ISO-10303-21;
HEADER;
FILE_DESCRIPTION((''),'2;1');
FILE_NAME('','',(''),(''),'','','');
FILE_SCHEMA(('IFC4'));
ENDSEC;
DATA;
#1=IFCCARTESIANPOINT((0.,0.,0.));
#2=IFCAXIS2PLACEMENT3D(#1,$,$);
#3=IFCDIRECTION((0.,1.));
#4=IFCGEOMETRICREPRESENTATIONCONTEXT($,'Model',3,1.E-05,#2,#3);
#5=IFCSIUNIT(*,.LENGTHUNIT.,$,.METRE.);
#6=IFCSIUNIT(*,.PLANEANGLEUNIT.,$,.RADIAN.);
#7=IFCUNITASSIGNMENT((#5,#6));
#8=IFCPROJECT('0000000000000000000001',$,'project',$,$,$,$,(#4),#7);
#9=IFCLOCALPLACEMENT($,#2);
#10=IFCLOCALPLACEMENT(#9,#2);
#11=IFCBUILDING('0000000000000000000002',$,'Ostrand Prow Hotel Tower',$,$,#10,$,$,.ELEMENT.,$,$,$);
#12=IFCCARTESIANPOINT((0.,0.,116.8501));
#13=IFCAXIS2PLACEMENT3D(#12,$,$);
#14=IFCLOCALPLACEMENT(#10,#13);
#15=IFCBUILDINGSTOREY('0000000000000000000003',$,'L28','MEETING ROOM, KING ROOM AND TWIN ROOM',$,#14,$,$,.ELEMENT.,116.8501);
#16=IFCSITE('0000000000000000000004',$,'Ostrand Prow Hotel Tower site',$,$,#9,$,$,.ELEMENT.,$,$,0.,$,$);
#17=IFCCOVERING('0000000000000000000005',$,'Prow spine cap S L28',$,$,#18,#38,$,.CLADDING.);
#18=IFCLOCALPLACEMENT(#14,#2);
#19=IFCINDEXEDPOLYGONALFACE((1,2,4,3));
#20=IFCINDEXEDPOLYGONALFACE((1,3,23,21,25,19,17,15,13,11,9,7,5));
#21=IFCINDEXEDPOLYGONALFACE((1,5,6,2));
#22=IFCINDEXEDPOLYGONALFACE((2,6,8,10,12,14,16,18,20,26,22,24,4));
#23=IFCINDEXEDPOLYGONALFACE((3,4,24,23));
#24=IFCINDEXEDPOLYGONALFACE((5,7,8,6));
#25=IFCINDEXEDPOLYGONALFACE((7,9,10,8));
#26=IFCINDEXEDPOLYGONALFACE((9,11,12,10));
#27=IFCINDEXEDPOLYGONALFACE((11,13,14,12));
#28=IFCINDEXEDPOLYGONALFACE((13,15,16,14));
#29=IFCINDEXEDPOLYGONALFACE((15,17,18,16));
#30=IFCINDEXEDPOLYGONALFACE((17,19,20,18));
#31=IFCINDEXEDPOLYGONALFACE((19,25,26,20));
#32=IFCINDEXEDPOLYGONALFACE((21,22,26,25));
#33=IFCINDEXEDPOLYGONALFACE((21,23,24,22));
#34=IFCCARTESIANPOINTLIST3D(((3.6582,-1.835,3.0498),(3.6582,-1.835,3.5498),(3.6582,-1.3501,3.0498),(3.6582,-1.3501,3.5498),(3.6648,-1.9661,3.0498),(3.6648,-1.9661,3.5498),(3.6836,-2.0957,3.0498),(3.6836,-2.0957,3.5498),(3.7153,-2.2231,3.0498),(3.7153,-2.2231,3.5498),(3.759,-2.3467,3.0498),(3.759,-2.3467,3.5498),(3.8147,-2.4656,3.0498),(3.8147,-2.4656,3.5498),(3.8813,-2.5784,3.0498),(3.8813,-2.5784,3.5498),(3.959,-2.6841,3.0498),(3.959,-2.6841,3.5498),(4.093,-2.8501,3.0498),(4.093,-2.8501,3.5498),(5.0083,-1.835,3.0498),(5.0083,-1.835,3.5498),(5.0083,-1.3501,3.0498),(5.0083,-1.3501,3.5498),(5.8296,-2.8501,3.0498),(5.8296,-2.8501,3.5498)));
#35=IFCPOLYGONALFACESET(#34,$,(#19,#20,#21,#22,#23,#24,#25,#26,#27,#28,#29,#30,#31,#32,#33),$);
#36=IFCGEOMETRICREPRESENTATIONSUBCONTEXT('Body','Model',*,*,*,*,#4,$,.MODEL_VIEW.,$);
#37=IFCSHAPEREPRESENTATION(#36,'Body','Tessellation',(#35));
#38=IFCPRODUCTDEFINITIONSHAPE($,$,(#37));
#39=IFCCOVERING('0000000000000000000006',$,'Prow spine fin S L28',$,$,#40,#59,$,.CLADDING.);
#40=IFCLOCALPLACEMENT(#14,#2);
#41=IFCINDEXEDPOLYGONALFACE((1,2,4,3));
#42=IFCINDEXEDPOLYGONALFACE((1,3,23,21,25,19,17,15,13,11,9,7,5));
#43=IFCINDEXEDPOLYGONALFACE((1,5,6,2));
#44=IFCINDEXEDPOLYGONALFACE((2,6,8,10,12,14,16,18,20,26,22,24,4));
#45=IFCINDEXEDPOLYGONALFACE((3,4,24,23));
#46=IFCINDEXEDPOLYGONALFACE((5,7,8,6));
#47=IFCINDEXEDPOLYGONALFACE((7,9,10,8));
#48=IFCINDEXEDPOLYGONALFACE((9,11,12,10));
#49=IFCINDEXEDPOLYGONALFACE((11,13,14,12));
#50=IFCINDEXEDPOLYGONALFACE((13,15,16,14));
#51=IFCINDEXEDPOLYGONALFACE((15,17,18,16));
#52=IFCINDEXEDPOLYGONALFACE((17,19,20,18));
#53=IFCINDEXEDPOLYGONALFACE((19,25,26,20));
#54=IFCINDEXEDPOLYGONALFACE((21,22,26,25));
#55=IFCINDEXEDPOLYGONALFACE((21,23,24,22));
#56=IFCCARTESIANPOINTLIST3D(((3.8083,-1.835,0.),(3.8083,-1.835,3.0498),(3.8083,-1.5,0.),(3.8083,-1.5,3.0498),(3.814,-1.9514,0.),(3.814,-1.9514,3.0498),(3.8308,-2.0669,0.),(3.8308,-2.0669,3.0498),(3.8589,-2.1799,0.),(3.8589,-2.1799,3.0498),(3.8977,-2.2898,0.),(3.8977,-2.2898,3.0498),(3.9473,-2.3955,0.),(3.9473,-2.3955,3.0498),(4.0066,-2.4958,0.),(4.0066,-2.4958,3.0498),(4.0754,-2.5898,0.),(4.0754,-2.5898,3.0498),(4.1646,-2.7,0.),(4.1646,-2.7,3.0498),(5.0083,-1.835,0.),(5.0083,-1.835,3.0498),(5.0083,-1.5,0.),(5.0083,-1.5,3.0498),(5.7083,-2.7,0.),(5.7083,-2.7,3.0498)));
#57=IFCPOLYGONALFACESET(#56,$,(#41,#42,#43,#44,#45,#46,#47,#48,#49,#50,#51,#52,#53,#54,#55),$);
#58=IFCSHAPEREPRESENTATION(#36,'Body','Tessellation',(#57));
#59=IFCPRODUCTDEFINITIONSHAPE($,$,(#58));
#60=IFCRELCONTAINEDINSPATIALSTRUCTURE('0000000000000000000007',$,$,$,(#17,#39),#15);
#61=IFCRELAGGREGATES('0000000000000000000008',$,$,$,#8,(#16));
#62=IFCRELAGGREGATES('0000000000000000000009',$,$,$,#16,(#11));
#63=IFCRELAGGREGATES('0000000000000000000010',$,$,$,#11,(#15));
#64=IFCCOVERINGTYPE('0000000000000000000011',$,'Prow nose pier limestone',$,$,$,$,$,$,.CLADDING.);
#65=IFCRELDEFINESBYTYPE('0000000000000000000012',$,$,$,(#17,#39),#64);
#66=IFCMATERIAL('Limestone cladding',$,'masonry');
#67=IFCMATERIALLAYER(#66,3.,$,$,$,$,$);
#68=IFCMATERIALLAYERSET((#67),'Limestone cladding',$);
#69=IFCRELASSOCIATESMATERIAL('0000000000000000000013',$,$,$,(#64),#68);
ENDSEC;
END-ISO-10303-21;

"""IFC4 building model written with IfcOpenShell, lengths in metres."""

from ifc_helpers import new_model, si_unit, direction, frame, origin, place, context, subcontext, project, spatial, polyline, outline, extrude, material, layer, layer_set, type_object, element, save


model = new_model("IFC4")

# Units and contexts
model_context = context("Model", 3, precision=1e-05, world=origin(), true_north=direction((0.0, 1.0)))
body_context = subcontext(model_context, "Body", "Model", "MODEL_VIEW")
ifc_project = project(units=[si_unit("LENGTHUNIT", "METRE"), si_unit("PLANEANGLEUNIT", "RADIAN")], contexts=[model_context])

# Site, building, storey
site_placement = place(None, origin())
site = spatial("IfcSite", under=ifc_project, at=site_placement, Name="Ostrand Prow Hotel Tower site", CompositionType="ELEMENT", RefElevation=0.0)
building_placement = place(site_placement, origin())
building = spatial("IfcBuilding", under=site, at=building_placement, Name="Ostrand Prow Hotel Tower", CompositionType="ELEMENT")
storey_placement = place(building_placement, frame((0.0, 0.0, 116.8501)))
storey = spatial("IfcBuildingStorey", under=building, at=storey_placement, Name="L28", Description="MEETING ROOM, KING ROOM AND TWIN ROOM", CompositionType="ELEMENT", Elevation=116.8501)

# Coverings
ifc_material_1 = material(Name="Limestone cladding", Category="masonry")
ifc_layer_1 = layer(ifc_material_1, 3.0)
ifc_layer_set_1 = layer_set([ifc_layer_1], Name="Limestone cladding")
covering_type_1 = type_object("IfcCoveringType", Name="Prow nose pier limestone", PredefinedType="CLADDING", material=ifc_layer_set_1)
covering_1_placement = place(storey_placement, frame((0.0, 0.0, 3.0498)))
element("IfcCovering", 1, at=covering_1_placement, inside=storey, type_object=covering_type_1, Name="Prow spine cap S L28", PredefinedType="CLADDING", context=body_context, shape_type="SweptSolid", body=[
    extrude(outline(polyline([(3.959, -2.6841), (4.093, -2.8501), (5.8296, -2.8501), (5.0083, -1.835), (5.0083, -1.3501), (3.6582, -1.3501), (3.6582, -1.835), (3.6648, -1.9661), (3.6836, -2.0957), (3.7153, -2.2231), (3.759, -2.3467), (3.8147, -2.4656), (3.8813, -2.5784), (3.959, -2.6841)])), origin(), (0.0, 0.0, 1.0), 0.5),
])
covering_2_placement = place(storey_placement, origin())
element("IfcCovering", 2, at=covering_2_placement, inside=storey, type_object=covering_type_1, Name="Prow spine fin S L28", PredefinedType="CLADDING", context=body_context, shape_type="SweptSolid", body=[
    extrude(outline(polyline([(4.0754, -2.5898), (4.1646, -2.7), (5.7083, -2.7), (5.0083, -1.835), (5.0083, -1.5), (3.8083, -1.5), (3.8083, -1.835), (3.814, -1.9514), (3.8308, -2.0669), (3.8589, -2.1799), (3.8977, -2.2898), (3.9473, -2.3955), (4.0066, -2.4958), (4.0754, -2.5898)])), origin(), (0.0, 0.0, 1.0), 3.0498),
])

save(model, "model.ifc")
